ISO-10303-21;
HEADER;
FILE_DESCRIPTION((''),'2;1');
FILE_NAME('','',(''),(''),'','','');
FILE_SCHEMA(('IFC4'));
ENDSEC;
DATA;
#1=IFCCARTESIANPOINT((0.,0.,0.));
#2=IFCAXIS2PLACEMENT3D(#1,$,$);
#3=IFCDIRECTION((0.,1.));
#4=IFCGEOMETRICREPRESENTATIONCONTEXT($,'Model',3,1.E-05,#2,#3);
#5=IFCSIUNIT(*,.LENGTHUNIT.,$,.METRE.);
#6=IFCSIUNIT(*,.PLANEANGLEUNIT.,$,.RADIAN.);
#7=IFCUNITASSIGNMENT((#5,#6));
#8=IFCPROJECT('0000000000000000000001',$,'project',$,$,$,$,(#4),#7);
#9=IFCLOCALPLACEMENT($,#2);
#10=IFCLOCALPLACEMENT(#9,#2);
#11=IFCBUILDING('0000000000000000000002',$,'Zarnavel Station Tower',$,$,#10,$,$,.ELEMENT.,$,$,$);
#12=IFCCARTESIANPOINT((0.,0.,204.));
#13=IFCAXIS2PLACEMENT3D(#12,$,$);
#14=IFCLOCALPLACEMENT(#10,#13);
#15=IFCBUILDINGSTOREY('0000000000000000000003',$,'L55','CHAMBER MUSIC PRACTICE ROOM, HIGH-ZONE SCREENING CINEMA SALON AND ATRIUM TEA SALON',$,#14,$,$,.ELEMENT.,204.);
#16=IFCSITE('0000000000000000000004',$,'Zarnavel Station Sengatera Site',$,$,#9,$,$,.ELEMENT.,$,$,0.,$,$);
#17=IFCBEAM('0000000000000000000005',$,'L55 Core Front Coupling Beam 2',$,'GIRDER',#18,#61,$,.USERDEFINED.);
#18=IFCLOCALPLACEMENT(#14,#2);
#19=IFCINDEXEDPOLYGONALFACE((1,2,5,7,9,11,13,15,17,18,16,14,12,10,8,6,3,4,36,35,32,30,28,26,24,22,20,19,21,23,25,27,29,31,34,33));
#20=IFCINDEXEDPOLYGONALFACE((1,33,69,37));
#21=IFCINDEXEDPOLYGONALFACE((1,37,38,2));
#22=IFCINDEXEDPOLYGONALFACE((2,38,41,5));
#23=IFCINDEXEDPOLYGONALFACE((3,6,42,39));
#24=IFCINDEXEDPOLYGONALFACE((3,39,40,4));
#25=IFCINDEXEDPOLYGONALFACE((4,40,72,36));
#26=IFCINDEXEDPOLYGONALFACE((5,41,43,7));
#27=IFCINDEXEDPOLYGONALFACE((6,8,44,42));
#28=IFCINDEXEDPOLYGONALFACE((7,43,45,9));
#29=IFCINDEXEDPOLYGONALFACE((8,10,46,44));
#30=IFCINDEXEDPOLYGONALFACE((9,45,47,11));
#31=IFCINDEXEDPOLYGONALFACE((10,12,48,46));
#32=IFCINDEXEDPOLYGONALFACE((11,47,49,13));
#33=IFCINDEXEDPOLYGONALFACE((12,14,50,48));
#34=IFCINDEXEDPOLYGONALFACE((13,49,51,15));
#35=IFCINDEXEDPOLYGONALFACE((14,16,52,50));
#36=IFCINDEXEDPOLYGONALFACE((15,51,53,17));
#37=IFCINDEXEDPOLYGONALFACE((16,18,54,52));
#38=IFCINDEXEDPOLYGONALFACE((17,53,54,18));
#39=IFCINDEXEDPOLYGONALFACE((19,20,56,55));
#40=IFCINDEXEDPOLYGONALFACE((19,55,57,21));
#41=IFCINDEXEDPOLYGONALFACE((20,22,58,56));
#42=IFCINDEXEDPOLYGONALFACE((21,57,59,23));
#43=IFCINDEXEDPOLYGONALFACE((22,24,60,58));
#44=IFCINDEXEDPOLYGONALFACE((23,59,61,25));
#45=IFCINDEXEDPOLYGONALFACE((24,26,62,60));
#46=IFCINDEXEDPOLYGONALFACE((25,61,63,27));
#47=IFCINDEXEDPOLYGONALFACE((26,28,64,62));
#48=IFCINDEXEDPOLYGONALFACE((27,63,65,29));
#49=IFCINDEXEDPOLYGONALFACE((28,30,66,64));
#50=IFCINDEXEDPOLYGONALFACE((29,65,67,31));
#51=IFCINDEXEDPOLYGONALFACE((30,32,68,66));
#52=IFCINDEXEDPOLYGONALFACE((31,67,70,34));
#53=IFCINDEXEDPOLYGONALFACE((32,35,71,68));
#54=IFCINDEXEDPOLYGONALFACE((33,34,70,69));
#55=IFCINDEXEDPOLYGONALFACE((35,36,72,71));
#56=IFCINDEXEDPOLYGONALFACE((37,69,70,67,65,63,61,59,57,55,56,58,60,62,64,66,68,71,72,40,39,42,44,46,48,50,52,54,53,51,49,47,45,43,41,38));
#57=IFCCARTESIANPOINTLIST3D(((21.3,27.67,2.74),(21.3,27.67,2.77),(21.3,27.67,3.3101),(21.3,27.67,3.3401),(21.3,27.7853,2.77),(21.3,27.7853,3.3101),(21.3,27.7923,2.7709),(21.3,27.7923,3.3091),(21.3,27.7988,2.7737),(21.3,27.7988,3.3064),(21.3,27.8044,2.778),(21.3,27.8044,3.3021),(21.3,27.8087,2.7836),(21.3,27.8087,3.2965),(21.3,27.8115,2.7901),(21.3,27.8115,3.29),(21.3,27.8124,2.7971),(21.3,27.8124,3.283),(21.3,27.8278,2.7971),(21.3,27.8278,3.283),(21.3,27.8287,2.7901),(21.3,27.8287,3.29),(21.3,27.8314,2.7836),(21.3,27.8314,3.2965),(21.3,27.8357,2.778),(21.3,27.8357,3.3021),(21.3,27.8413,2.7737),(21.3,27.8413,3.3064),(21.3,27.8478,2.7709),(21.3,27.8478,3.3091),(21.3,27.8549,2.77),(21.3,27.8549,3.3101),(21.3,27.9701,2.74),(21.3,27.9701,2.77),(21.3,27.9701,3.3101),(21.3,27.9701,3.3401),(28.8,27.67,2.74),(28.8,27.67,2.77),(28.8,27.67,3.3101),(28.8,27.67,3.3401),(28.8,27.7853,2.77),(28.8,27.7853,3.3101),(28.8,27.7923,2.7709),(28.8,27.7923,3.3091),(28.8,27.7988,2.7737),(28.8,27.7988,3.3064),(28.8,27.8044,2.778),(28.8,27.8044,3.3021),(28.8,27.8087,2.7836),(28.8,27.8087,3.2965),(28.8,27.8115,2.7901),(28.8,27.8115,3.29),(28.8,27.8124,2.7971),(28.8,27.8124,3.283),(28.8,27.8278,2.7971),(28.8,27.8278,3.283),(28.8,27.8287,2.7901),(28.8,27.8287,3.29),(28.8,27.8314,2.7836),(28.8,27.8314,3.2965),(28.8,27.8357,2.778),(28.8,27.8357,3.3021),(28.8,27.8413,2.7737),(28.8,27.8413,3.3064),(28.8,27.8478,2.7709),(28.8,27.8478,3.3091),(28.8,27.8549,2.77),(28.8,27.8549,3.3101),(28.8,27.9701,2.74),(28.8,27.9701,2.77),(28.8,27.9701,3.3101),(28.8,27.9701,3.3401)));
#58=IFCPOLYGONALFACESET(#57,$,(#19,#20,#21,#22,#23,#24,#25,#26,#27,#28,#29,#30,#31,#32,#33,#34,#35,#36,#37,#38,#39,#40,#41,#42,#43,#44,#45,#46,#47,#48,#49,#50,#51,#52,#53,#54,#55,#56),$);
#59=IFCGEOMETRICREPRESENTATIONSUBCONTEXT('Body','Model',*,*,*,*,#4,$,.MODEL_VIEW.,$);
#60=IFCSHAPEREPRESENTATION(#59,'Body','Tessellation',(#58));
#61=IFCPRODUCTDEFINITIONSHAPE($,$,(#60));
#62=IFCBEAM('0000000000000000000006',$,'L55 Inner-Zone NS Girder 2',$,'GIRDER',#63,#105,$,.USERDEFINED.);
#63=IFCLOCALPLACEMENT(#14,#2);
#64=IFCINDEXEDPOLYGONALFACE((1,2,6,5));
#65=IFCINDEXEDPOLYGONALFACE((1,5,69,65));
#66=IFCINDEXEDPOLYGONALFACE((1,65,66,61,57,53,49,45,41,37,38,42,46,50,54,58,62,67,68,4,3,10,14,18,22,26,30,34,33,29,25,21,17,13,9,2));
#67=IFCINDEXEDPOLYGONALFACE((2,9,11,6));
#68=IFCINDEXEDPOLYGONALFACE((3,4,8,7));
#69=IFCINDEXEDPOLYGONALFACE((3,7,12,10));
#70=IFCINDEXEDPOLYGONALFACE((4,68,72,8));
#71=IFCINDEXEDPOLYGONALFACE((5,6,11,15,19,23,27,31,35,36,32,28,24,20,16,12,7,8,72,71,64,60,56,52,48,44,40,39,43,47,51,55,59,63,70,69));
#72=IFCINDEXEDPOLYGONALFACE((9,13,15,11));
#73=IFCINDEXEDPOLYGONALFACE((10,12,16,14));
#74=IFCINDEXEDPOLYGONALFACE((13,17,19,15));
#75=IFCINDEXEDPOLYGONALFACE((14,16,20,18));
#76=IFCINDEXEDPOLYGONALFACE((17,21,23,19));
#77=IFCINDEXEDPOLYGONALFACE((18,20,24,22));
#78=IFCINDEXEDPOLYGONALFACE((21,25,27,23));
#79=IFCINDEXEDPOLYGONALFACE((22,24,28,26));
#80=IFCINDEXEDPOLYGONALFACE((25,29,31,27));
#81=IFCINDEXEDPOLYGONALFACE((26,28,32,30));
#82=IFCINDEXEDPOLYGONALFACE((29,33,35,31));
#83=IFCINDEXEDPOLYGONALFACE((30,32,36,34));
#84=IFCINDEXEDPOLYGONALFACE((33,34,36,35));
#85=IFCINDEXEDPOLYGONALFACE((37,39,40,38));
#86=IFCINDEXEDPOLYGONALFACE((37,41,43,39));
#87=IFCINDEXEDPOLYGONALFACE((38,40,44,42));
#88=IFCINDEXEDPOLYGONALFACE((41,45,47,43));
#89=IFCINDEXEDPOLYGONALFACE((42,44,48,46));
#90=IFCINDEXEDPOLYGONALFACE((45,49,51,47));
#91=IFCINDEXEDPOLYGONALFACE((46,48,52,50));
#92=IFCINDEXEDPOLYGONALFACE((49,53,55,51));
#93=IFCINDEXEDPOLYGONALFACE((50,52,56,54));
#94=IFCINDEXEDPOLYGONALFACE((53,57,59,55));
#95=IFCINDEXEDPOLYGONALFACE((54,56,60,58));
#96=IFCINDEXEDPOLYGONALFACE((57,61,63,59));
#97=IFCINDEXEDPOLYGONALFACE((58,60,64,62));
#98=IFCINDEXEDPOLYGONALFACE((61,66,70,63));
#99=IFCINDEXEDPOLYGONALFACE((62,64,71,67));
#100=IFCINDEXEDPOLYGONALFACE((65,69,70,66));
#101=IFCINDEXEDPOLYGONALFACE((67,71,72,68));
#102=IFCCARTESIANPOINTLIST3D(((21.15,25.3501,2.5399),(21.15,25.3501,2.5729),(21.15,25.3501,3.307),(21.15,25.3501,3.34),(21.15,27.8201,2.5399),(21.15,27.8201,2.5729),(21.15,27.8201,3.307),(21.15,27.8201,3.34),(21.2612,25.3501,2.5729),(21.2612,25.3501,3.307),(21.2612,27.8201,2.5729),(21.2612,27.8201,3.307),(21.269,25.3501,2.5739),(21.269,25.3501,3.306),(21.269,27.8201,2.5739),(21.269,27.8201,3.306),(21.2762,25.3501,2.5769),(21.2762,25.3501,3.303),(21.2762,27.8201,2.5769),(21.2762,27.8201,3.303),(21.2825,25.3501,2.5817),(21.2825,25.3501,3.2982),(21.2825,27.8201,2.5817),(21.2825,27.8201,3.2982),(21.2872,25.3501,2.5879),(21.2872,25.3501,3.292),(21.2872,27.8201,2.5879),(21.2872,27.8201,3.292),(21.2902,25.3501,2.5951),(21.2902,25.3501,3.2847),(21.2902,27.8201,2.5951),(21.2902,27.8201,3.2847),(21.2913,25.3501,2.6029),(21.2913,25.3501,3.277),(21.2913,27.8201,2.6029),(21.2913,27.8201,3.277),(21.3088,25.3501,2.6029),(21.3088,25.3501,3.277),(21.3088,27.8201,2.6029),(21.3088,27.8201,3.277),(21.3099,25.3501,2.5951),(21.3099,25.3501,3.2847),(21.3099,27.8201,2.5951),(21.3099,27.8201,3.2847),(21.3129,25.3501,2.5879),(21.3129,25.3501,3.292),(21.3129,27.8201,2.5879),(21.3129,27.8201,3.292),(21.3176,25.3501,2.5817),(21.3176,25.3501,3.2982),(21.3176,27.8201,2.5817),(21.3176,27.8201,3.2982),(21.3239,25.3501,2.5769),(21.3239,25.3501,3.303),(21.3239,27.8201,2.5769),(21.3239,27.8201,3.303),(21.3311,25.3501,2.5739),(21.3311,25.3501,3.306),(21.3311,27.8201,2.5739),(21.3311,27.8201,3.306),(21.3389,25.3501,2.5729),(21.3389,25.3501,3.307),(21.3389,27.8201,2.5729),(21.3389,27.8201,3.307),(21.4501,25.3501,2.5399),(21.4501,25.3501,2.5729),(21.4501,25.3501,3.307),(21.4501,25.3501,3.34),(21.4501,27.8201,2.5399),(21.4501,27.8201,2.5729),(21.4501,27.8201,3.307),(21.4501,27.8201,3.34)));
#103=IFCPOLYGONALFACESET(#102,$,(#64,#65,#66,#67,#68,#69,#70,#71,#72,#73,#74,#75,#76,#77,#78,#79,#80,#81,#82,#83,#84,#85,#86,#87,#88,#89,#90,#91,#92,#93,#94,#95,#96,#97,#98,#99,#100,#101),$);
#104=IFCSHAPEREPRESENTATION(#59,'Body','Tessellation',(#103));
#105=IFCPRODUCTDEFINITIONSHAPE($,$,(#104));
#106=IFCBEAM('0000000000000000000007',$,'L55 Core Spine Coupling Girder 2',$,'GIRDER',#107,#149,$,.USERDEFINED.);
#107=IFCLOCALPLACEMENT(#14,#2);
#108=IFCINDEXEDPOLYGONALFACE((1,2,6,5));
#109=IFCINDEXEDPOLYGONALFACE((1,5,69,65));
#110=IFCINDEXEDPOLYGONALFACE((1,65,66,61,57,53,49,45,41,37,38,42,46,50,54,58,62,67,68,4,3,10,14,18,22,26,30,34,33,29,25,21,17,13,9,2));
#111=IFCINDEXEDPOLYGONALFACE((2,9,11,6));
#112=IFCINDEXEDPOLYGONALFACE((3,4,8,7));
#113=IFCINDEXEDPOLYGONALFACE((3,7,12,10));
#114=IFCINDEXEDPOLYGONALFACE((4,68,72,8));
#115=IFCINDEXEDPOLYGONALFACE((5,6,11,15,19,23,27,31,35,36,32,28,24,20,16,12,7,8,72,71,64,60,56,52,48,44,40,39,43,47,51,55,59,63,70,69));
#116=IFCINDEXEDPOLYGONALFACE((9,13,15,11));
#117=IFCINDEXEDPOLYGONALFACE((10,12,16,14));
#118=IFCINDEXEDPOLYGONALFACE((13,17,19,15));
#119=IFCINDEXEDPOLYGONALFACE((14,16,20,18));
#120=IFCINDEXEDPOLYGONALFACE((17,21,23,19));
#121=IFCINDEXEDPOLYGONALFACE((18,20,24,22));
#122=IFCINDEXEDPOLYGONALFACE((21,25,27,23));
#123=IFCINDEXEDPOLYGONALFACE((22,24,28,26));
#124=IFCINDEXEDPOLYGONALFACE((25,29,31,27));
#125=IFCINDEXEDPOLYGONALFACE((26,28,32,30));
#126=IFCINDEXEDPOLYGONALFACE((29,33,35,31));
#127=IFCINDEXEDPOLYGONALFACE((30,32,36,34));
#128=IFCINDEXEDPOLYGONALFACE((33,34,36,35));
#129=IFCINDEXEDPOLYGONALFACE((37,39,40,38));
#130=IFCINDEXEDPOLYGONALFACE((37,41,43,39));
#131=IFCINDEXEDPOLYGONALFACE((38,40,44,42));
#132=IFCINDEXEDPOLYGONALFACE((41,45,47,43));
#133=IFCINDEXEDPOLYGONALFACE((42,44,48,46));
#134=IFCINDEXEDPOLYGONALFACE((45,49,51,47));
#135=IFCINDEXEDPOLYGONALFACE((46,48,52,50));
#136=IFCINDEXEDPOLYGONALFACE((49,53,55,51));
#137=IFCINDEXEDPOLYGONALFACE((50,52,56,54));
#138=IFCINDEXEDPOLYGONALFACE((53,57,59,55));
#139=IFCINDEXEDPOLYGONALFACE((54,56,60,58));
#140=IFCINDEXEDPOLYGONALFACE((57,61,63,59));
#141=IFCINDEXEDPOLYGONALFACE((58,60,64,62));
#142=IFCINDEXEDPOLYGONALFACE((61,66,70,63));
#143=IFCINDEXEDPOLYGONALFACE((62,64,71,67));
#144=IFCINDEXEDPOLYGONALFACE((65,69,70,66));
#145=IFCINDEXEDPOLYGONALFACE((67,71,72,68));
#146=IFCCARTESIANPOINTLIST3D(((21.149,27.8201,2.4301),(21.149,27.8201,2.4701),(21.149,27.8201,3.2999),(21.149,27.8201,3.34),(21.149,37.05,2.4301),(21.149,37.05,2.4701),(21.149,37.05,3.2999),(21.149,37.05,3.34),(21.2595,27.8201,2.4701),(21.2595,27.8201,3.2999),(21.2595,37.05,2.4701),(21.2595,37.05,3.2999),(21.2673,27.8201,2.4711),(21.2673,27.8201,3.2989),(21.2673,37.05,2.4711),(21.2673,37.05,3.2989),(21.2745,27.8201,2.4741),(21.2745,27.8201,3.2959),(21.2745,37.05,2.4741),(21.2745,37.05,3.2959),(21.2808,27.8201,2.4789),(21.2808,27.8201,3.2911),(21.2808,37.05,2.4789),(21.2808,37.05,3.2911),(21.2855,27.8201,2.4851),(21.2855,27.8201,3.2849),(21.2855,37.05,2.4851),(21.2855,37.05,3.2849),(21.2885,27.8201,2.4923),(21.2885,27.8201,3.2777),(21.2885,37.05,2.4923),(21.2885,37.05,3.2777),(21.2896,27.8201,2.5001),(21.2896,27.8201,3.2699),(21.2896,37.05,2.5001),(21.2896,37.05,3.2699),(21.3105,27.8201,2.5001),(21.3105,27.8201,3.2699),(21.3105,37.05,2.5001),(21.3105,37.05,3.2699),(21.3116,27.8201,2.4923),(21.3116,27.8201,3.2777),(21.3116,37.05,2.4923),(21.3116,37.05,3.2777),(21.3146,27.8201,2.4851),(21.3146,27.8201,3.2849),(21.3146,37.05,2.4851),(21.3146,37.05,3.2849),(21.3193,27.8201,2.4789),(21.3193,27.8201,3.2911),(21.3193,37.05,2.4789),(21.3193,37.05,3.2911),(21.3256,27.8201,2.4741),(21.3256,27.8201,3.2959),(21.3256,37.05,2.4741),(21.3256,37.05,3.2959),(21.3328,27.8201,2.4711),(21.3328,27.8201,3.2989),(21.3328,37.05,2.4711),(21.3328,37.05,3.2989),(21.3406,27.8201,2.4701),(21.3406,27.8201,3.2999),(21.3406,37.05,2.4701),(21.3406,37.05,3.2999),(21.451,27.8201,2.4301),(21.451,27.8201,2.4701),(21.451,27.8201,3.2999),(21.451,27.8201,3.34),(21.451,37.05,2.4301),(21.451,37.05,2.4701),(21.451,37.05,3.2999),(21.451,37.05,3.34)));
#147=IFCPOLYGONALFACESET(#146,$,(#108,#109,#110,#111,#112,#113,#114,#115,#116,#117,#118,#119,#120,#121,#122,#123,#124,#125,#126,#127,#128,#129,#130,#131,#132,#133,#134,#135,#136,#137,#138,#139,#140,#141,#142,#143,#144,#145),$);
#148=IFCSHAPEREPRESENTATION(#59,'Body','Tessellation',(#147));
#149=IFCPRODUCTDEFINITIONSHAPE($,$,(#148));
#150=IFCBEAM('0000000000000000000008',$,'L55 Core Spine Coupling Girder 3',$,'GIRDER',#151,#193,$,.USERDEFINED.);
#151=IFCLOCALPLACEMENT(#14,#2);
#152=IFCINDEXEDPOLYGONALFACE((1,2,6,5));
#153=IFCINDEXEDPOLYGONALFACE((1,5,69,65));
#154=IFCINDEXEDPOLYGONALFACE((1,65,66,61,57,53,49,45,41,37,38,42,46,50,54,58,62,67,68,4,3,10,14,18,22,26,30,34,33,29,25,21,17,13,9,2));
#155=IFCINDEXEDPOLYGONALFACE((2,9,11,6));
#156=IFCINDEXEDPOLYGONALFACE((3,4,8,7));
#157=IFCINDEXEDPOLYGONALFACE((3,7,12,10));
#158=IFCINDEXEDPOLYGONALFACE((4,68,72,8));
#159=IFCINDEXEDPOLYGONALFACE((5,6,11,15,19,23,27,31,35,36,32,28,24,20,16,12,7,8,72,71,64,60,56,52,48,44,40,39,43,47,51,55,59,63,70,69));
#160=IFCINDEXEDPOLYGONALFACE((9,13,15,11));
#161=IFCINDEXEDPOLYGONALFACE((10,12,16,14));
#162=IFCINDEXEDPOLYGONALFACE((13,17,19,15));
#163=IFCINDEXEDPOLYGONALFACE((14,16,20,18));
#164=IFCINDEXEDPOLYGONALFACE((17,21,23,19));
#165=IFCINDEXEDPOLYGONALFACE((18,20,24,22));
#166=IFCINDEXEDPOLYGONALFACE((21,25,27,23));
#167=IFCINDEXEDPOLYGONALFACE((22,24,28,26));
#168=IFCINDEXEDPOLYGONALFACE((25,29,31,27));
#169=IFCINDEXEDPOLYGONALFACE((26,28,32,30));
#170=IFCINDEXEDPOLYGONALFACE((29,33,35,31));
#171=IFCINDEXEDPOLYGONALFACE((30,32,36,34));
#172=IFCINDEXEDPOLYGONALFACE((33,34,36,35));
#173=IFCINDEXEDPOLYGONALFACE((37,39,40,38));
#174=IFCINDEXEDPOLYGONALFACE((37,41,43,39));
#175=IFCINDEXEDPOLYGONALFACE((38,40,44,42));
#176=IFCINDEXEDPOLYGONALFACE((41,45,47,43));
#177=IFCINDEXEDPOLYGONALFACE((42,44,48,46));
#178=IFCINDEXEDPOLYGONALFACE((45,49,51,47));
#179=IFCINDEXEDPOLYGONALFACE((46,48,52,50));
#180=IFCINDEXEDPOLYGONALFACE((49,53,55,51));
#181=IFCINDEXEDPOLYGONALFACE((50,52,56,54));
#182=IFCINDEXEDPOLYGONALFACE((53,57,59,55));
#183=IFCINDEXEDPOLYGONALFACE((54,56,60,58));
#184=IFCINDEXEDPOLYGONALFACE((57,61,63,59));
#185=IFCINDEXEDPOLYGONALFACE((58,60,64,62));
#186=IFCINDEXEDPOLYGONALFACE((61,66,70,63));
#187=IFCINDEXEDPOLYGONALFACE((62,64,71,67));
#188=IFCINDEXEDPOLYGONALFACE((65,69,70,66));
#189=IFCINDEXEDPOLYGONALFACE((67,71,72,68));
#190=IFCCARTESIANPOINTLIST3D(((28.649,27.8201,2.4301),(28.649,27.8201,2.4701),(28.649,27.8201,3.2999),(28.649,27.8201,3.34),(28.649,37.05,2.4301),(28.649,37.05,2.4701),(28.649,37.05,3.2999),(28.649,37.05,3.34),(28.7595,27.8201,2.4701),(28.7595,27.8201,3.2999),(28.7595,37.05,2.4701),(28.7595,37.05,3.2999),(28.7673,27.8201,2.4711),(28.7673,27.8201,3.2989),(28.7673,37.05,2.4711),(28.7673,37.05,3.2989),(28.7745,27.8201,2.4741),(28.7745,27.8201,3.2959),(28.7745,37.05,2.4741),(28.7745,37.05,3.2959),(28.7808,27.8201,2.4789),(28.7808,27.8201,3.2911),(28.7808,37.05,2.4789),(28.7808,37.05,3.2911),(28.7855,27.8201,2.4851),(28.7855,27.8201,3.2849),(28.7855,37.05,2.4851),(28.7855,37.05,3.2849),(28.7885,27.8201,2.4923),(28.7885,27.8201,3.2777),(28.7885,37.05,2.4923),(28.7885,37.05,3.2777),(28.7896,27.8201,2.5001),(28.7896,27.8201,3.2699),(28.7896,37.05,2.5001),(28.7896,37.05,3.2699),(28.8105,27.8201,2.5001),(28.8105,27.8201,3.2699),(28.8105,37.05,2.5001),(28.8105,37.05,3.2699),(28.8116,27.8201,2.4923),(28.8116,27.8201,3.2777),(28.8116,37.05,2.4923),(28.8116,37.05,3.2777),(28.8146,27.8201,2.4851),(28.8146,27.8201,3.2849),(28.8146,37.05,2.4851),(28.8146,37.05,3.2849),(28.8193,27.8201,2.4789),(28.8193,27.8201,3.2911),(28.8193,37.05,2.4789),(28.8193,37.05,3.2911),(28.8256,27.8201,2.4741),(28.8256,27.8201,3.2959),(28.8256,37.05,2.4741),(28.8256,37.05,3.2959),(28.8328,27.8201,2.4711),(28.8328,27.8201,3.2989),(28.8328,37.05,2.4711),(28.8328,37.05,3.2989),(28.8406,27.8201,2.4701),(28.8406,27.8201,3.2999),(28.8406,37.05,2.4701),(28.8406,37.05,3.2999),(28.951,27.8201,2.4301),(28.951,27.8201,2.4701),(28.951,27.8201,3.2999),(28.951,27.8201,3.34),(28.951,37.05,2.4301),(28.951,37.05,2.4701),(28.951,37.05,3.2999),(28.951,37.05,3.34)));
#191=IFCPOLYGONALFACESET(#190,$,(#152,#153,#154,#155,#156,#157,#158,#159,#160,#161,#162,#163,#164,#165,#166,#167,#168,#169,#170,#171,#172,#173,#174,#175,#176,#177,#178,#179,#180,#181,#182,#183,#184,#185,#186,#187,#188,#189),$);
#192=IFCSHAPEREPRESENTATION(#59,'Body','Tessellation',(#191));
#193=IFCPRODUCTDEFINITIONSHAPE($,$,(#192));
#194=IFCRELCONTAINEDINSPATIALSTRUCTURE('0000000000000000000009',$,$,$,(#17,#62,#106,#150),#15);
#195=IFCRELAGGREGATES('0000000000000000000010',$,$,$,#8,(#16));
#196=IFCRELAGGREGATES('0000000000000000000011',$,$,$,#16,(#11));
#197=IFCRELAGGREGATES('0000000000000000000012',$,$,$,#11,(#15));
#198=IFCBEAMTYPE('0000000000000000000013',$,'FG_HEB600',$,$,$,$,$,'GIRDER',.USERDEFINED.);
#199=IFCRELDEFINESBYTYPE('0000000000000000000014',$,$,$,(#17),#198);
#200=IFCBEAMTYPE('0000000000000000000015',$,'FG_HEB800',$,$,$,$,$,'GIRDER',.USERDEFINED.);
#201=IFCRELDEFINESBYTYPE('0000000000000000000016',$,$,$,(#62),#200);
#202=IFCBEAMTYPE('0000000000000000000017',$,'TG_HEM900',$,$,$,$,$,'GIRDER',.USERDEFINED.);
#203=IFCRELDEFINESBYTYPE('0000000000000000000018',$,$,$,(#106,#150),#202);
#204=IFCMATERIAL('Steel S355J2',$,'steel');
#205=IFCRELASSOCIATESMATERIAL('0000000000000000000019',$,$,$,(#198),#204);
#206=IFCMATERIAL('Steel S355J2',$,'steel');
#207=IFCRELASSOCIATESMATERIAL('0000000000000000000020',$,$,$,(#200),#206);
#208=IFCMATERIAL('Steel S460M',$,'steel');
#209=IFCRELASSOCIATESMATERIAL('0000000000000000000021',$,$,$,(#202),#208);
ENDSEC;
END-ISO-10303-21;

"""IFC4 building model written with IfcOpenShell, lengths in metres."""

from ifc_helpers import new_model, si_unit, direction, frame, origin, origin_2d, place, context, subcontext, project, spatial, i_section, extrude, material, material_profile, profile_set, type_object, element, save


model = new_model("IFC4")

# Units and contexts
model_context = context("Model", 3, precision=1e-05, world=origin(), true_north=direction((0.0, 1.0)))
body_context = subcontext(model_context, "Body", "Model", "MODEL_VIEW")
ifc_project = project(units=[si_unit("LENGTHUNIT", "METRE"), si_unit("PLANEANGLEUNIT", "RADIAN")], contexts=[model_context])

# Site, building, storey
site_placement = place(None, origin())
site = spatial("IfcSite", under=ifc_project, at=site_placement, Name="Zarnavel Station Sengatera Site", CompositionType="ELEMENT", RefElevation=0.0)
building_placement = place(site_placement, origin())
building = spatial("IfcBuilding", under=site, at=building_placement, Name="Zarnavel Station Tower", CompositionType="ELEMENT")
storey_placement = place(building_placement, frame((0.0, 0.0, 204.0)))
storey = spatial("IfcBuildingStorey", under=building, at=storey_placement, Name="L55", Description="CHAMBER MUSIC PRACTICE ROOM, HIGH-ZONE SCREENING CINEMA SALON AND ATRIUM TEA SALON", CompositionType="ELEMENT", Elevation=204.0)

# Beams
ifc_material_1 = material(Name="Steel S355J2", Category="steel")
ifc_material_profile_1 = material_profile(ifc_material_1, i_section(OverallWidth=0.3, OverallDepth=0.6001, WebThickness=0.0154, FlangeThickness=0.03, FilletRadius=0.0271, at=origin_2d()), Name="HEB600")
ifc_profile_set_1 = profile_set([ifc_material_profile_1], Name="Steel S355J2")
beam_type_1 = type_object("IfcBeamType", Name="FG_HEB600", ElementType="GIRDER", PredefinedType="USERDEFINED", material=ifc_profile_set_1)
beam_1_placement = place(storey_placement, frame((21.3, 27.8201, 3.04), z_axis=(1.0, 0.0, 0.0), x_axis=(0.0, 1.0, 0.0)))
element("IfcBeam", 1, at=beam_1_placement, inside=storey, type_object=beam_type_1, Name="L55 Core Front Coupling Beam 2", ObjectType="GIRDER", PredefinedType="USERDEFINED", context=body_context, shape_type="SweptSolid", body=[
    extrude(i_section(OverallWidth=0.3, OverallDepth=0.6001, WebThickness=0.0154, FlangeThickness=0.03, FilletRadius=0.0271, at=origin_2d()), origin(), (0.0, 0.0, 1.0), 7.5),
])
ifc_material_2 = material(Name="Steel S355J2", Category="steel")
ifc_material_profile_2 = material_profile(ifc_material_2, i_section(OverallWidth=0.3, OverallDepth=0.8, WebThickness=0.0176, FlangeThickness=0.033, FilletRadius=0.03, at=origin_2d()), Name="HEB800")
ifc_profile_set_2 = profile_set([ifc_material_profile_2], Name="Steel S355J2")
beam_type_2 = type_object("IfcBeamType", Name="FG_HEB800", ElementType="GIRDER", PredefinedType="USERDEFINED", material=ifc_profile_set_2)
beam_2_placement = place(storey_placement, frame((21.3, 25.3501, 2.9399), z_axis=(0.0, 1.0, 0.0), x_axis=(-1.0, 0.0, 0.0)))
element("IfcBeam", 2, at=beam_2_placement, inside=storey, type_object=beam_type_2, Name="L55 Inner-Zone NS Girder 2", ObjectType="GIRDER", PredefinedType="USERDEFINED", context=body_context, shape_type="SweptSolid", body=[
    extrude(i_section(OverallWidth=0.3, OverallDepth=0.8, WebThickness=0.0176, FlangeThickness=0.033, FilletRadius=0.03, at=origin_2d()), origin(), (0.0, 0.0, 1.0), 2.47),
])
ifc_material_3 = material(Name="Steel S460M", Category="steel")
ifc_material_profile_3 = material_profile(ifc_material_3, i_section(OverallWidth=0.302, OverallDepth=0.9099, WebThickness=0.021, FlangeThickness=0.04, FilletRadius=0.03, at=origin_2d()), Name="HEM900")
ifc_profile_set_3 = profile_set([ifc_material_profile_3], Name="Steel S460M")
beam_type_3 = type_object("IfcBeamType", Name="TG_HEM900", ElementType="GIRDER", PredefinedType="USERDEFINED", material=ifc_profile_set_3)
for number, where, z_axis, x_axis, name in (
    (3, (21.3, 27.8201, 2.885), (0.0, 1.0, 0.0), (-1.0, 0.0, 0.0), "L55 Core Spine Coupling Girder 2"),
    (4, (28.8, 27.8201, 2.885), (0.0, 1.0, 0.0), (-1.0, 0.0, 0.0), "L55 Core Spine Coupling Girder 3"),
):
    element("IfcBeam", number, at=place(storey_placement, frame(where, z_axis=z_axis, x_axis=x_axis)), inside=storey, type_object=beam_type_3, Name=name, ObjectType="GIRDER", PredefinedType="USERDEFINED", context=body_context, shape_type="SweptSolid", body=[
        extrude(i_section(OverallWidth=0.302, OverallDepth=0.9099, WebThickness=0.021, FlangeThickness=0.04, FilletRadius=0.03, at=origin_2d()), origin(), (0.0, 0.0, 1.0), 9.23),
    ])

save(model, "model.ifc")
